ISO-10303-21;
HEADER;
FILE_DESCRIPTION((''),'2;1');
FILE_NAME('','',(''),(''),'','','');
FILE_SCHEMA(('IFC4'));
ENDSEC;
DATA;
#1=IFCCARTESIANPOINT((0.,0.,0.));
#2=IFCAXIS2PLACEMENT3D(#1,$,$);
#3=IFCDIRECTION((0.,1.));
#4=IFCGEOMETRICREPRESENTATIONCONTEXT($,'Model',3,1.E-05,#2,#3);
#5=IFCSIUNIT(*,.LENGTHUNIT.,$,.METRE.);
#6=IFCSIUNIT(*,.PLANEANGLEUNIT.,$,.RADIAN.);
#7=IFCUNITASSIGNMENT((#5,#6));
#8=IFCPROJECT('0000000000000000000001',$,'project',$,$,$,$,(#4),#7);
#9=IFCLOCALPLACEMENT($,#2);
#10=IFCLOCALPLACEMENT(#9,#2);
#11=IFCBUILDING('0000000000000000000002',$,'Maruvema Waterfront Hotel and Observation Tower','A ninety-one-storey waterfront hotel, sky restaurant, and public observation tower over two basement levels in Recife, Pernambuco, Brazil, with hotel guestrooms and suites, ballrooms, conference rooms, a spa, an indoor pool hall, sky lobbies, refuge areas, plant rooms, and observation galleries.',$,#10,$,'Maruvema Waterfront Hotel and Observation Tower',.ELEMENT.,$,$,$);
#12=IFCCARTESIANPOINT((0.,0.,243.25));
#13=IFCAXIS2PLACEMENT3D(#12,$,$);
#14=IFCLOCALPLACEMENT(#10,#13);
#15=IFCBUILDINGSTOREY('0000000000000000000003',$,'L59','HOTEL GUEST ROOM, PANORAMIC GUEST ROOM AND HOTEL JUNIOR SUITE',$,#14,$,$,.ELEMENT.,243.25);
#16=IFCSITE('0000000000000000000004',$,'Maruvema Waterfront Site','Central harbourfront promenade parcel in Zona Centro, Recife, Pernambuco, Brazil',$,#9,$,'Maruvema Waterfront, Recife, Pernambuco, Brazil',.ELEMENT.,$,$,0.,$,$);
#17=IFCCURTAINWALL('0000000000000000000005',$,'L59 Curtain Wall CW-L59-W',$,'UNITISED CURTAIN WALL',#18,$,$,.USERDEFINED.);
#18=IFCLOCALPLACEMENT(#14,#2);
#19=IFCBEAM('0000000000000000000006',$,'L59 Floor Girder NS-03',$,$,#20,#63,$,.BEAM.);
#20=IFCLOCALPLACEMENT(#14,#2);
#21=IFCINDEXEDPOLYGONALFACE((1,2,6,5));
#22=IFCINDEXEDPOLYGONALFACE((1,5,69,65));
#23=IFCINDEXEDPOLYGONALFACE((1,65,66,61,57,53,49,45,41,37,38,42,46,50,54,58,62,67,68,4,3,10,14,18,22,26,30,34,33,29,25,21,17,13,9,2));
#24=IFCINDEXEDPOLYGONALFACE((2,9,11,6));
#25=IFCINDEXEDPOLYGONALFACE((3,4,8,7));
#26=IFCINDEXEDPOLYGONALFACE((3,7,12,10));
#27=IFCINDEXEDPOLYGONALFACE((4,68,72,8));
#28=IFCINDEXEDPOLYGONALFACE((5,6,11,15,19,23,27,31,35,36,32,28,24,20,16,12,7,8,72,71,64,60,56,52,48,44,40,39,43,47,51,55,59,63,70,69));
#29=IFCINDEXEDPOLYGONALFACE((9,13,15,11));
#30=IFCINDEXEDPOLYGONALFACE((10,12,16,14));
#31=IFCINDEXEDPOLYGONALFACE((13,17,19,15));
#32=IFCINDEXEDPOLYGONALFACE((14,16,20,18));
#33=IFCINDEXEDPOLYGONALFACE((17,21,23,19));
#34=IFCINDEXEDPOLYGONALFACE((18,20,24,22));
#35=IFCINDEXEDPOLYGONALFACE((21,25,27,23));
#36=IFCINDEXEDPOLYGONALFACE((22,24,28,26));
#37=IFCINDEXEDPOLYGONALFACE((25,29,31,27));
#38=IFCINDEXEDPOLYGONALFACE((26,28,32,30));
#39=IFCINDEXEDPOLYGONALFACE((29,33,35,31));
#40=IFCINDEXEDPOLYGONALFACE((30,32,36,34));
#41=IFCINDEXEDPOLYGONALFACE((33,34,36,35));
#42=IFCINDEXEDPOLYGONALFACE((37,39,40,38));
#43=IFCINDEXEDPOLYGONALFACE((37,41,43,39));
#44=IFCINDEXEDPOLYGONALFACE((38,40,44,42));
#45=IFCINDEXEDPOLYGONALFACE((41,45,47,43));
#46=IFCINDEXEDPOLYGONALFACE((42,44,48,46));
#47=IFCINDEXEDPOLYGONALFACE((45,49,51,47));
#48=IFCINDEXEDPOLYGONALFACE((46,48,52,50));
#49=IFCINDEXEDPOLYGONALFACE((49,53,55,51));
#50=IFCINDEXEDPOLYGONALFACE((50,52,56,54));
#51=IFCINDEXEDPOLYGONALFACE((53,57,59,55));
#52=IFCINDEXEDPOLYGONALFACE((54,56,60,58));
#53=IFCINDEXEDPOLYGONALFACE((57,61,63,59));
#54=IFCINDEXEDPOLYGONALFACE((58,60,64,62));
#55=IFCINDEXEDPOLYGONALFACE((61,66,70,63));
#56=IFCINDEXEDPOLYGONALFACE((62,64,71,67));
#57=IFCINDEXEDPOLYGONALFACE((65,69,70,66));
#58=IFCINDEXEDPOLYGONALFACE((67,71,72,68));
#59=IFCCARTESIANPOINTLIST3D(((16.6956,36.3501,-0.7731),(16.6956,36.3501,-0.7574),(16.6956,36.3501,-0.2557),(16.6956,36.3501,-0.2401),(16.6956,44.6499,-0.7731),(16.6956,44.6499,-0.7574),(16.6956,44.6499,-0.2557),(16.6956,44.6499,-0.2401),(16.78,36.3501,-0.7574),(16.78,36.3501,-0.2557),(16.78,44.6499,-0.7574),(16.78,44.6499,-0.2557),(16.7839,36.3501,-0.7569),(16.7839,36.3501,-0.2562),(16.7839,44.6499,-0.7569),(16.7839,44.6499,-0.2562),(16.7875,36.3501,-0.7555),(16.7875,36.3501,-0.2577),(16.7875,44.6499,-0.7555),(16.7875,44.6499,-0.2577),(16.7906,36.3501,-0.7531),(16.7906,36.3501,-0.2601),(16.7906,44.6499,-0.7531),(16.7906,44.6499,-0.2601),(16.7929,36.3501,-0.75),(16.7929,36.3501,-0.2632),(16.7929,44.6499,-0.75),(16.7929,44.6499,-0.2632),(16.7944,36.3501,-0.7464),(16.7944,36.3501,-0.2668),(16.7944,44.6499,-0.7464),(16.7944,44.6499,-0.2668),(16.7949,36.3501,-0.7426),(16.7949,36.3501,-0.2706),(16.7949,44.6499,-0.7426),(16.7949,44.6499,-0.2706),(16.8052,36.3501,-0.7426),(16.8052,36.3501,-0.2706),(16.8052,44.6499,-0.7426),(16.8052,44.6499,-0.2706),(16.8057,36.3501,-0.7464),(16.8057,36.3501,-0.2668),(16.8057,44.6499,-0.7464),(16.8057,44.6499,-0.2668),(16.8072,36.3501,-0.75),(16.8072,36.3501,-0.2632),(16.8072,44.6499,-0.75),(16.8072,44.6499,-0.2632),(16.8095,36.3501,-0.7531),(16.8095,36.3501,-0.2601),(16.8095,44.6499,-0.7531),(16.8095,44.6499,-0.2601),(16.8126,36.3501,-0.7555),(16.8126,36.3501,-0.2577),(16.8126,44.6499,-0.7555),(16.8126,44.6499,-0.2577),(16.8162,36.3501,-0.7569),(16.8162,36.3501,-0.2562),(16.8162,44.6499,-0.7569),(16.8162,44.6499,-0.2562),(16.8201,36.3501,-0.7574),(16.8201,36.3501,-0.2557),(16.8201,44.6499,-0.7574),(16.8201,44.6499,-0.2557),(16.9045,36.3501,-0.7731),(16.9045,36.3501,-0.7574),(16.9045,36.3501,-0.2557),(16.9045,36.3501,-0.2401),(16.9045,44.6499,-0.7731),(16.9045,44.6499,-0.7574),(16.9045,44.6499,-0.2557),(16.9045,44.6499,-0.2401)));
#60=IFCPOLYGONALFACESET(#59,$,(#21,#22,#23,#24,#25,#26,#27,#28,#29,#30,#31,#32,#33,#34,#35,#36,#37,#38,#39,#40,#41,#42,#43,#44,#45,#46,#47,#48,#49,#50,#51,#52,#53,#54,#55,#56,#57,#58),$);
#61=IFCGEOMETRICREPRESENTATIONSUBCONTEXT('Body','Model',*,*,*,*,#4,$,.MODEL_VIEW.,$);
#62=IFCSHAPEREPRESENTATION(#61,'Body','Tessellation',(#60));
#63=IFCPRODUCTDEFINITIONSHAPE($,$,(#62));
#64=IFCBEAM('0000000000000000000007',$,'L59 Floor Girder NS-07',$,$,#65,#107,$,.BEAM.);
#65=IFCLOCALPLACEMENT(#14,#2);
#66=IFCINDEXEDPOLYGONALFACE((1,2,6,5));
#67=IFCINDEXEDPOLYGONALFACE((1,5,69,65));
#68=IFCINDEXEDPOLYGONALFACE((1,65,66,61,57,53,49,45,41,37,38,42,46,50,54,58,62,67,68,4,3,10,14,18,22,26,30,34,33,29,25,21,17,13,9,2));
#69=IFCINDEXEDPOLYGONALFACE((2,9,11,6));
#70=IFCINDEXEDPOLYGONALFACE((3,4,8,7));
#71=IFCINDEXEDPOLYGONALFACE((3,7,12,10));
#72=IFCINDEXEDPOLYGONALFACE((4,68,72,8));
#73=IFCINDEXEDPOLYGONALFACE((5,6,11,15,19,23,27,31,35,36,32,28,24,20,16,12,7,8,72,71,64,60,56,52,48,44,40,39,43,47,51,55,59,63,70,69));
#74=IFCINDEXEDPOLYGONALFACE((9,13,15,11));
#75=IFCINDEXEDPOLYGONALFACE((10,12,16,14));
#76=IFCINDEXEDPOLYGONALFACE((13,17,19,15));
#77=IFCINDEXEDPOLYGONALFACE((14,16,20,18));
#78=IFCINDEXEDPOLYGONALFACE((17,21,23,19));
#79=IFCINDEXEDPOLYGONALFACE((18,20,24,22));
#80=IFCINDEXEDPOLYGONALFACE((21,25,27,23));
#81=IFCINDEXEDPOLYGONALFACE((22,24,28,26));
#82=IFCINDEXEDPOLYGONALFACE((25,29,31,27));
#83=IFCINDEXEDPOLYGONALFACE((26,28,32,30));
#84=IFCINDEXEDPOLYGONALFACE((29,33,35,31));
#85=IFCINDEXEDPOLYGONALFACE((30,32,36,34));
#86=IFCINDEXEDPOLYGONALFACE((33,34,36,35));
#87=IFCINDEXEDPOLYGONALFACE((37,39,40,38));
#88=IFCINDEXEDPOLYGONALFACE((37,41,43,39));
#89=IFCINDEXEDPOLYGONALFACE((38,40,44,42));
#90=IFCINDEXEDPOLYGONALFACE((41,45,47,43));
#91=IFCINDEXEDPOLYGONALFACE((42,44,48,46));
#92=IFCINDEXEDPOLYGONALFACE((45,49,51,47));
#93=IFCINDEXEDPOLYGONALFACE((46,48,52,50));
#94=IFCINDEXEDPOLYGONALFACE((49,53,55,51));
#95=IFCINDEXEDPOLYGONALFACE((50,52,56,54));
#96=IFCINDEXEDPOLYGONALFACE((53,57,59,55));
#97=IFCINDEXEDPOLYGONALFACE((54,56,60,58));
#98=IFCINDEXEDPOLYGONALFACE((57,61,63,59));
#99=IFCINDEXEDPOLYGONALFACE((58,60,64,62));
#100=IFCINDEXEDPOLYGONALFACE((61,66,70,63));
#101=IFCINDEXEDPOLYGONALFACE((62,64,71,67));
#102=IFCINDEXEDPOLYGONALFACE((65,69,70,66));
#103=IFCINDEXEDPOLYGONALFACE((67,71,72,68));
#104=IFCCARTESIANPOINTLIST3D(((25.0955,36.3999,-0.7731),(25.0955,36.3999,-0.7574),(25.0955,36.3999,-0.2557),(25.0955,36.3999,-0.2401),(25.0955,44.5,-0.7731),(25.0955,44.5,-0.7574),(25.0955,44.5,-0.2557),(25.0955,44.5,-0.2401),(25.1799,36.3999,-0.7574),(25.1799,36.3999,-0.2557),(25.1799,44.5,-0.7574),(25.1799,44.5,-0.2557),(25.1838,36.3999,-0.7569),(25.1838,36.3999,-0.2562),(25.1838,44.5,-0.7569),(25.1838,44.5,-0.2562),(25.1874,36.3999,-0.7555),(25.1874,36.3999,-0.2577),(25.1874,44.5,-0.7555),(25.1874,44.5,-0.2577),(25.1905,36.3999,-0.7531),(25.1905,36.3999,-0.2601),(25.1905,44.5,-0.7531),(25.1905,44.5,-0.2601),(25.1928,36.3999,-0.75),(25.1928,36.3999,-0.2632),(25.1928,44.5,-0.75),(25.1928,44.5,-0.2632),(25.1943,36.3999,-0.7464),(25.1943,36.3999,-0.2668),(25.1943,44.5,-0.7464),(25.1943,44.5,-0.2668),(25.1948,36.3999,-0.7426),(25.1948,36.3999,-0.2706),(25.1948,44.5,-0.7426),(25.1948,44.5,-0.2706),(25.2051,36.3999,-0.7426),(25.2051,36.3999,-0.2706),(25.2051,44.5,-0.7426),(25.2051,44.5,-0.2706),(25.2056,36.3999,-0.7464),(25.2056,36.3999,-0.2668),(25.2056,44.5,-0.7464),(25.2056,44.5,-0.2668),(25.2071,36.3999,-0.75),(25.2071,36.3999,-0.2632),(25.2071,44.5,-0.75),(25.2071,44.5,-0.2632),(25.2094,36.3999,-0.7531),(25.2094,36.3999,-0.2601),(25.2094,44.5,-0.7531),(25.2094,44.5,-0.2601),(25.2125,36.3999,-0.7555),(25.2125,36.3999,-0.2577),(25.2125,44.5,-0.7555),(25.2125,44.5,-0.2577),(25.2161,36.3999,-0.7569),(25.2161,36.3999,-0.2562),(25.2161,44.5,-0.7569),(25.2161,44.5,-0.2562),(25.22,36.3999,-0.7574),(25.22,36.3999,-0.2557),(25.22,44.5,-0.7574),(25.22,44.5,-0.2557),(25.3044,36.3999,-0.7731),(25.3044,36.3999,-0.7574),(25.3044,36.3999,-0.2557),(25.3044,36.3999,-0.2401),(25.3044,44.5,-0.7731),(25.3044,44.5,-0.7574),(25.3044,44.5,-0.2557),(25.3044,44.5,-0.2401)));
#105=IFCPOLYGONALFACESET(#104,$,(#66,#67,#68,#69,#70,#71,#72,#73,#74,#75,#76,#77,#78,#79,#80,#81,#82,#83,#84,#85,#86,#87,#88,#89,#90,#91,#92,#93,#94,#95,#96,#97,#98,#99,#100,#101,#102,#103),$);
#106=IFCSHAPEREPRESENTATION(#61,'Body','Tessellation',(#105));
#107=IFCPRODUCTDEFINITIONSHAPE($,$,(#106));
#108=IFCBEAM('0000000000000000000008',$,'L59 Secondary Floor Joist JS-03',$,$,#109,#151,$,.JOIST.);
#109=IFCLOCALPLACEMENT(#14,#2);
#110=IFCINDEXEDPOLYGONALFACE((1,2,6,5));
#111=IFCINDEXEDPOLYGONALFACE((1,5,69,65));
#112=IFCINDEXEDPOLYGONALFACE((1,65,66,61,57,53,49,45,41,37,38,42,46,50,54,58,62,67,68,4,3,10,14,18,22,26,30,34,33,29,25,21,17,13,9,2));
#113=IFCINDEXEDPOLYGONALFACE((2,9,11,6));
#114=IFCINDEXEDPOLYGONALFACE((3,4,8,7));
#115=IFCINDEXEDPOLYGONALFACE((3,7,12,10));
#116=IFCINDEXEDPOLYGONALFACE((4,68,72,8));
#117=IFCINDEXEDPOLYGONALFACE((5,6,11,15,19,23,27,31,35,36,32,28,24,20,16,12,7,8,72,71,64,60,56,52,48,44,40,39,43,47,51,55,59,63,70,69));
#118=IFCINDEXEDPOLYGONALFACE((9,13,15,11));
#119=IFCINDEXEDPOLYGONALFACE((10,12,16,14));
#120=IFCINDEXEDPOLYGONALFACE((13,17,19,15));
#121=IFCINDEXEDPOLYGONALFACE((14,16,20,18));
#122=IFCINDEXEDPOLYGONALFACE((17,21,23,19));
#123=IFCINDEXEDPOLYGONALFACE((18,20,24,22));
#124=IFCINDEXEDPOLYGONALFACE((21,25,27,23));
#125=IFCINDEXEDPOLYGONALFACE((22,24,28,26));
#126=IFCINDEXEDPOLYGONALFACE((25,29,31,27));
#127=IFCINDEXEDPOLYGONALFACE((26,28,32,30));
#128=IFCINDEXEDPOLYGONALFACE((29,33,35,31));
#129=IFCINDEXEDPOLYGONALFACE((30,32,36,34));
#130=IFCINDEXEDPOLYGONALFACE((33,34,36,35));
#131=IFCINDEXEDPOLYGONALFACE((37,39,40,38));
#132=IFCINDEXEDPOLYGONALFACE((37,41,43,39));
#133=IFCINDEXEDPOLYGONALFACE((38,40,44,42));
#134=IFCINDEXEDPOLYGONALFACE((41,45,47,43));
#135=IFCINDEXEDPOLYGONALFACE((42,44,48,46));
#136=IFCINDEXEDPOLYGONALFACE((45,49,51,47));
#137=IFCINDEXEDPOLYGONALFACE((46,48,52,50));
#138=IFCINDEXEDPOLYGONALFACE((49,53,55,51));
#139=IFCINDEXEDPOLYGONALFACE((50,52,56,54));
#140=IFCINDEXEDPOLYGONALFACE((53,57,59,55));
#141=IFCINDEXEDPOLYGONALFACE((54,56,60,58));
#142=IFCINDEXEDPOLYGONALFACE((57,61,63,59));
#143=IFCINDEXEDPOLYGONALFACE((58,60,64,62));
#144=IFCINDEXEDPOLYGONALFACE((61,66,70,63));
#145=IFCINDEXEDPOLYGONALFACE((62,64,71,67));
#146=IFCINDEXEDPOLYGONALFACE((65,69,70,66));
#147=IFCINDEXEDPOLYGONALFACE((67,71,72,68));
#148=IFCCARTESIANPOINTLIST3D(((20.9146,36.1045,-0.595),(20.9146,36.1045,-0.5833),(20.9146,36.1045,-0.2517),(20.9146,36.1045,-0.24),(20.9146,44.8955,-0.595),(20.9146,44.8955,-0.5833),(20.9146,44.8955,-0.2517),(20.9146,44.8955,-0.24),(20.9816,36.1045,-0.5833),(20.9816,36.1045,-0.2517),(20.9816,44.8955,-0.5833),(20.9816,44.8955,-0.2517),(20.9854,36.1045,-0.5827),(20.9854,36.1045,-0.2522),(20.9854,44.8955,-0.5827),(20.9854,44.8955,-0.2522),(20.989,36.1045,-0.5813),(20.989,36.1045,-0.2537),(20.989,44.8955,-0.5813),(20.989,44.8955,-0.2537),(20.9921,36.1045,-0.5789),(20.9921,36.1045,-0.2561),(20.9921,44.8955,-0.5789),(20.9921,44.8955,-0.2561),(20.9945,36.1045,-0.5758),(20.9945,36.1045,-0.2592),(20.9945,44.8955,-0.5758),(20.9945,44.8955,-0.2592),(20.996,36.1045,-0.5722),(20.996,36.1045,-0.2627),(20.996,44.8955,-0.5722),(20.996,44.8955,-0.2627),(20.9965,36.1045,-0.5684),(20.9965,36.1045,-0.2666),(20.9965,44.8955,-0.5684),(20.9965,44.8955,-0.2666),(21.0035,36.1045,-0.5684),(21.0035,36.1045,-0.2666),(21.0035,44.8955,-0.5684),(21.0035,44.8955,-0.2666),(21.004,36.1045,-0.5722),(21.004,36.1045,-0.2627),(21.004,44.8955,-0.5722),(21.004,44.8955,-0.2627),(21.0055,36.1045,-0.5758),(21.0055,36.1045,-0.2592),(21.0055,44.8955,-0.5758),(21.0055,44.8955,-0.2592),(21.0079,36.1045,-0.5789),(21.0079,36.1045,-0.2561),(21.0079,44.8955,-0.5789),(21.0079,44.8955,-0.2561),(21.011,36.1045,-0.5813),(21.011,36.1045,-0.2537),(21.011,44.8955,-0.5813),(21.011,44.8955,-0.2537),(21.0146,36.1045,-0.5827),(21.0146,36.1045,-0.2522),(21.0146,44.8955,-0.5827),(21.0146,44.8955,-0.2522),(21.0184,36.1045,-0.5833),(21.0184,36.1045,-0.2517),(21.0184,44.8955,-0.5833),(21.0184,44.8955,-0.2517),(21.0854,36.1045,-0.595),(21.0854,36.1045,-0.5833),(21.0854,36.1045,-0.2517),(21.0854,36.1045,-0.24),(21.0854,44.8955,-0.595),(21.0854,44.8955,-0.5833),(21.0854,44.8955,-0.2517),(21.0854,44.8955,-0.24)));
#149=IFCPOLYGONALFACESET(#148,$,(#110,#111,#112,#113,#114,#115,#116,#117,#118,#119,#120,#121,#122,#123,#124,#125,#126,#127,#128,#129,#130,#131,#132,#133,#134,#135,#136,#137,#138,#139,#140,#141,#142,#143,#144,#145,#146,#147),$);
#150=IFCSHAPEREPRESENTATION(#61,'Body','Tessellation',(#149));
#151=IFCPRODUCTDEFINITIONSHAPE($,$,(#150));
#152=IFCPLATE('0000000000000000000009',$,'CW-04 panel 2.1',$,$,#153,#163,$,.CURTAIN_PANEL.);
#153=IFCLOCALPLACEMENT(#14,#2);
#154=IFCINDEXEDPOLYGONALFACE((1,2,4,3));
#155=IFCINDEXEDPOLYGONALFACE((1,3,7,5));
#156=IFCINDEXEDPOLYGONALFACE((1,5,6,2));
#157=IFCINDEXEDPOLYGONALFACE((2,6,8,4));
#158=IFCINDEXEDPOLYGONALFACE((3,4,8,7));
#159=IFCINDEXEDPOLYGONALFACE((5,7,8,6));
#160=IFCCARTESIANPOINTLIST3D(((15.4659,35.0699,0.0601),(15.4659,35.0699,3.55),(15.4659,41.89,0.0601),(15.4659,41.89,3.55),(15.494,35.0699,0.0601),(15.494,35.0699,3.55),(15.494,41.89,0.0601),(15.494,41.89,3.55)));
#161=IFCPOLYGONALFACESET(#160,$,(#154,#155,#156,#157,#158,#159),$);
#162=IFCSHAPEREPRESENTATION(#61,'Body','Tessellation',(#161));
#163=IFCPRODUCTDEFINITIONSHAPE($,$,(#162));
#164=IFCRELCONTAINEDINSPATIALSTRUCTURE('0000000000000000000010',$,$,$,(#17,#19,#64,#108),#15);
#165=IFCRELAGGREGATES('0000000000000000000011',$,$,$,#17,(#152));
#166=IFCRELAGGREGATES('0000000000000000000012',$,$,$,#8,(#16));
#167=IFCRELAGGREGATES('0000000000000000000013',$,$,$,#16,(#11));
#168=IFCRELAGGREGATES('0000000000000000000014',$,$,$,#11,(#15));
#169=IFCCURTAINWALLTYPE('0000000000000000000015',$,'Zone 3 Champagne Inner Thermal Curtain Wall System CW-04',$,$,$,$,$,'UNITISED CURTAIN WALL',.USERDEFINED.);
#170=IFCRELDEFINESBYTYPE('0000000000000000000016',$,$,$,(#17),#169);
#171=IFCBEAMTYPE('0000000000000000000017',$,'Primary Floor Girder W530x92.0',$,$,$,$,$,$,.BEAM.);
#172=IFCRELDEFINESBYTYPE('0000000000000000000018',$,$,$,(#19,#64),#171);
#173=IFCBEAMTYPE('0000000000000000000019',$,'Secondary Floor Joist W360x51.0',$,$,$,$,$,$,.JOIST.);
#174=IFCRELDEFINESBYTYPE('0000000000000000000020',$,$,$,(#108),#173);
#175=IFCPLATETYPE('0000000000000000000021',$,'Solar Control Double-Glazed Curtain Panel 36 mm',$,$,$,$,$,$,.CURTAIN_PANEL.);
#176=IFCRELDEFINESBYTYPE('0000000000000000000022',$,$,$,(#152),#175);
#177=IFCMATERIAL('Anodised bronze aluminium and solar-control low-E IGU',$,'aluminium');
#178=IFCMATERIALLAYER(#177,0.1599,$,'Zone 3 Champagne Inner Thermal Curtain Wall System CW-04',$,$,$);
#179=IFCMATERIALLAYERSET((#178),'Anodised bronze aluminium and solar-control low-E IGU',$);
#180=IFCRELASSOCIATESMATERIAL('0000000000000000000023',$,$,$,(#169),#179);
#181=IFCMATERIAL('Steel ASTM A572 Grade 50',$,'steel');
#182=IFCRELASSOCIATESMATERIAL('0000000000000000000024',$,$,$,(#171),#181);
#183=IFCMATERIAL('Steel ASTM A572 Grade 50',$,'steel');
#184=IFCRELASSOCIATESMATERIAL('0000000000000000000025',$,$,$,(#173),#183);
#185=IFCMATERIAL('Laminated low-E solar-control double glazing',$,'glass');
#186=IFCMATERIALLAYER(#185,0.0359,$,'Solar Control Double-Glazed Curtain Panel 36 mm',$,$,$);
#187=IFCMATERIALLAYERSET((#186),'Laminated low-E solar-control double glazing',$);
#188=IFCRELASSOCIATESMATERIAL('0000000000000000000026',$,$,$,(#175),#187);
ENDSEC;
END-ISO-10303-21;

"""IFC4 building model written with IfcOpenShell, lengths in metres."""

from ifc_helpers import new_model, si_unit, direction, frame, origin, origin_2d, place, context, subcontext, project, spatial, rectangle, i_section, extrude, material, layer, layer_set, material_profile, profile_set, type_object, element, aggregate, save


model = new_model("IFC4")

# Units and contexts
model_context = context("Model", 3, precision=1e-05, world=origin(), true_north=direction((0.0, 1.0)))
body_context = subcontext(model_context, "Body", "Model", "MODEL_VIEW")
ifc_project = project(units=[si_unit("LENGTHUNIT", "METRE"), si_unit("PLANEANGLEUNIT", "RADIAN")], contexts=[model_context])

# Site, building, storey
site_placement = place(None, origin())
site = spatial("IfcSite", under=ifc_project, at=site_placement, Name="Maruvema Waterfront Site", Description="Central harbourfront promenade parcel in Zona Centro, Recife, Pernambuco, Brazil", LongName="Maruvema Waterfront, Recife, Pernambuco, Brazil", CompositionType="ELEMENT", RefElevation=0.0)
building_placement = place(site_placement, origin())
building = spatial("IfcBuilding", under=site, at=building_placement, Name="Maruvema Waterfront Hotel and Observation Tower", Description="A ninety-one-storey waterfront hotel, sky restaurant, and public observation tower over two basement levels in Recife, Pernambuco, Brazil, with hotel guestrooms and suites, ballrooms, conference rooms, a spa, an indoor pool hall, sky lobbies, refuge areas, plant rooms, and observation galleries.", LongName="Maruvema Waterfront Hotel and Observation Tower", CompositionType="ELEMENT")
storey_placement = place(building_placement, frame((0.0, 0.0, 243.25)))
storey = spatial("IfcBuildingStorey", under=building, at=storey_placement, Name="L59", Description="HOTEL GUEST ROOM, PANORAMIC GUEST ROOM AND HOTEL JUNIOR SUITE", CompositionType="ELEMENT", Elevation=243.25)

# Curtain wall
ifc_material_1 = material(Name="Anodised bronze aluminium and solar-control low-E IGU", Category="aluminium")
ifc_layer_1 = layer(ifc_material_1, 0.1599, Name="Zone 3 Champagne Inner Thermal Curtain Wall System CW-04")
ifc_layer_set_1 = layer_set([ifc_layer_1], Name="Anodised bronze aluminium and solar-control low-E IGU")
curtain_wall_type = type_object("IfcCurtainWallType", Name="Zone 3 Champagne Inner Thermal Curtain Wall System CW-04", ElementType="UNITISED CURTAIN WALL", PredefinedType="USERDEFINED", material=ifc_layer_set_1)
curtain_wall_placement = place(storey_placement, origin())
curtain_wall = element("IfcCurtainWall", 1, at=curtain_wall_placement, inside=storey, type_object=curtain_wall_type, Name="L59 Curtain Wall CW-L59-W", ObjectType="UNITISED CURTAIN WALL", PredefinedType="USERDEFINED")

# Beams
ifc_material_2 = material(Name="Steel ASTM A572 Grade 50", Category="steel")
ifc_material_profile_1 = material_profile(ifc_material_2, i_section(OverallWidth=0.209, OverallDepth=0.533, WebThickness=0.0103, FlangeThickness=0.0156, FilletRadius=0.0149, at=origin_2d()), Name="W530x92.0")
ifc_profile_set_1 = profile_set([ifc_material_profile_1], Name="Steel ASTM A572 Grade 50")
beam_type_1 = type_object("IfcBeamType", Name="Primary Floor Girder W530x92.0", PredefinedType="BEAM", material=ifc_profile_set_1)
beam_1_placement = place(storey_placement, frame((16.8, 36.3501, -0.5066), z_axis=(0.0, 1.0, 0.0), x_axis=(-1.0, 0.0, 0.0)))
element("IfcBeam", 2, at=beam_1_placement, inside=storey, type_object=beam_type_1, Name="L59 Floor Girder NS-03", PredefinedType="BEAM", context=body_context, shape_type="SweptSolid", body=[
    extrude(i_section(OverallWidth=0.209, OverallDepth=0.533, WebThickness=0.0103, FlangeThickness=0.0156, FilletRadius=0.0149, at=origin_2d()), origin(), (0.0, 0.0, 1.0), 8.2998),
])
beam_2_placement = place(storey_placement, frame((25.2, 36.3999, -0.5066), z_axis=(0.0, 1.0, 0.0), x_axis=(-1.0, 0.0, 0.0)))
element("IfcBeam", 3, at=beam_2_placement, inside=storey, type_object=beam_type_1, Name="L59 Floor Girder NS-07", PredefinedType="BEAM", context=body_context, shape_type="SweptSolid", body=[
    extrude(i_section(OverallWidth=0.209, OverallDepth=0.533, WebThickness=0.0103, FlangeThickness=0.0156, FilletRadius=0.0149, at=origin_2d()), origin(), (0.0, 0.0, 1.0), 8.1001),
])
ifc_material_3 = material(Name="Steel ASTM A572 Grade 50", Category="steel")
ifc_material_profile_2 = material_profile(ifc_material_3, i_section(OverallWidth=0.1709, OverallDepth=0.355, WebThickness=0.0071, FlangeThickness=0.0117, FilletRadius=0.0149, at=origin_2d()), Name="W360x51.0")
ifc_profile_set_2 = profile_set([ifc_material_profile_2], Name="Steel ASTM A572 Grade 50")
beam_type_2 = type_object("IfcBeamType", Name="Secondary Floor Joist W360x51.0", PredefinedType="JOIST", material=ifc_profile_set_2)
beam_3_placement = place(storey_placement, frame((21.0, 36.1045, -0.4175), z_axis=(0.0, 1.0, 0.0), x_axis=(-1.0, 0.0, 0.0)))
element("IfcBeam", 4, at=beam_3_placement, inside=storey, type_object=beam_type_2, Name="L59 Secondary Floor Joist JS-03", PredefinedType="JOIST", context=body_context, shape_type="SweptSolid", body=[
    extrude(i_section(OverallWidth=0.1709, OverallDepth=0.355, WebThickness=0.0071, FlangeThickness=0.0117, FilletRadius=0.0149, at=origin_2d()), origin(), (0.0, 0.0, 1.0), 8.791),
])

# Plate
ifc_material_4 = material(Name="Laminated low-E solar-control double glazing", Category="glass")
ifc_layer_2 = layer(ifc_material_4, 0.0359, Name="Solar Control Double-Glazed Curtain Panel 36 mm")
ifc_layer_set_2 = layer_set([ifc_layer_2], Name="Laminated low-E solar-control double glazing")
plate_type = type_object("IfcPlateType", Name="Solar Control Double-Glazed Curtain Panel 36 mm", PredefinedType="CURTAIN_PANEL", material=ifc_layer_set_2)
plate_placement = place(storey_placement, frame((15.48, 38.48, 0.0601), z_axis=(0.0, 0.0, 1.0), x_axis=(0.0, -1.0, 0.0)))
plate = element("IfcPlate", 5, at=plate_placement, type_object=plate_type, Name="CW-04 panel 2.1", PredefinedType="CURTAIN_PANEL", context=body_context, shape_type="SweptSolid", body=[
    extrude(rectangle(XDim=6.8201, YDim=0.0281, at=origin_2d()), origin(), (0.0, 0.0, 1.0), 3.49),
])
aggregate(curtain_wall, [plate])

save(model, "model.ifc")
